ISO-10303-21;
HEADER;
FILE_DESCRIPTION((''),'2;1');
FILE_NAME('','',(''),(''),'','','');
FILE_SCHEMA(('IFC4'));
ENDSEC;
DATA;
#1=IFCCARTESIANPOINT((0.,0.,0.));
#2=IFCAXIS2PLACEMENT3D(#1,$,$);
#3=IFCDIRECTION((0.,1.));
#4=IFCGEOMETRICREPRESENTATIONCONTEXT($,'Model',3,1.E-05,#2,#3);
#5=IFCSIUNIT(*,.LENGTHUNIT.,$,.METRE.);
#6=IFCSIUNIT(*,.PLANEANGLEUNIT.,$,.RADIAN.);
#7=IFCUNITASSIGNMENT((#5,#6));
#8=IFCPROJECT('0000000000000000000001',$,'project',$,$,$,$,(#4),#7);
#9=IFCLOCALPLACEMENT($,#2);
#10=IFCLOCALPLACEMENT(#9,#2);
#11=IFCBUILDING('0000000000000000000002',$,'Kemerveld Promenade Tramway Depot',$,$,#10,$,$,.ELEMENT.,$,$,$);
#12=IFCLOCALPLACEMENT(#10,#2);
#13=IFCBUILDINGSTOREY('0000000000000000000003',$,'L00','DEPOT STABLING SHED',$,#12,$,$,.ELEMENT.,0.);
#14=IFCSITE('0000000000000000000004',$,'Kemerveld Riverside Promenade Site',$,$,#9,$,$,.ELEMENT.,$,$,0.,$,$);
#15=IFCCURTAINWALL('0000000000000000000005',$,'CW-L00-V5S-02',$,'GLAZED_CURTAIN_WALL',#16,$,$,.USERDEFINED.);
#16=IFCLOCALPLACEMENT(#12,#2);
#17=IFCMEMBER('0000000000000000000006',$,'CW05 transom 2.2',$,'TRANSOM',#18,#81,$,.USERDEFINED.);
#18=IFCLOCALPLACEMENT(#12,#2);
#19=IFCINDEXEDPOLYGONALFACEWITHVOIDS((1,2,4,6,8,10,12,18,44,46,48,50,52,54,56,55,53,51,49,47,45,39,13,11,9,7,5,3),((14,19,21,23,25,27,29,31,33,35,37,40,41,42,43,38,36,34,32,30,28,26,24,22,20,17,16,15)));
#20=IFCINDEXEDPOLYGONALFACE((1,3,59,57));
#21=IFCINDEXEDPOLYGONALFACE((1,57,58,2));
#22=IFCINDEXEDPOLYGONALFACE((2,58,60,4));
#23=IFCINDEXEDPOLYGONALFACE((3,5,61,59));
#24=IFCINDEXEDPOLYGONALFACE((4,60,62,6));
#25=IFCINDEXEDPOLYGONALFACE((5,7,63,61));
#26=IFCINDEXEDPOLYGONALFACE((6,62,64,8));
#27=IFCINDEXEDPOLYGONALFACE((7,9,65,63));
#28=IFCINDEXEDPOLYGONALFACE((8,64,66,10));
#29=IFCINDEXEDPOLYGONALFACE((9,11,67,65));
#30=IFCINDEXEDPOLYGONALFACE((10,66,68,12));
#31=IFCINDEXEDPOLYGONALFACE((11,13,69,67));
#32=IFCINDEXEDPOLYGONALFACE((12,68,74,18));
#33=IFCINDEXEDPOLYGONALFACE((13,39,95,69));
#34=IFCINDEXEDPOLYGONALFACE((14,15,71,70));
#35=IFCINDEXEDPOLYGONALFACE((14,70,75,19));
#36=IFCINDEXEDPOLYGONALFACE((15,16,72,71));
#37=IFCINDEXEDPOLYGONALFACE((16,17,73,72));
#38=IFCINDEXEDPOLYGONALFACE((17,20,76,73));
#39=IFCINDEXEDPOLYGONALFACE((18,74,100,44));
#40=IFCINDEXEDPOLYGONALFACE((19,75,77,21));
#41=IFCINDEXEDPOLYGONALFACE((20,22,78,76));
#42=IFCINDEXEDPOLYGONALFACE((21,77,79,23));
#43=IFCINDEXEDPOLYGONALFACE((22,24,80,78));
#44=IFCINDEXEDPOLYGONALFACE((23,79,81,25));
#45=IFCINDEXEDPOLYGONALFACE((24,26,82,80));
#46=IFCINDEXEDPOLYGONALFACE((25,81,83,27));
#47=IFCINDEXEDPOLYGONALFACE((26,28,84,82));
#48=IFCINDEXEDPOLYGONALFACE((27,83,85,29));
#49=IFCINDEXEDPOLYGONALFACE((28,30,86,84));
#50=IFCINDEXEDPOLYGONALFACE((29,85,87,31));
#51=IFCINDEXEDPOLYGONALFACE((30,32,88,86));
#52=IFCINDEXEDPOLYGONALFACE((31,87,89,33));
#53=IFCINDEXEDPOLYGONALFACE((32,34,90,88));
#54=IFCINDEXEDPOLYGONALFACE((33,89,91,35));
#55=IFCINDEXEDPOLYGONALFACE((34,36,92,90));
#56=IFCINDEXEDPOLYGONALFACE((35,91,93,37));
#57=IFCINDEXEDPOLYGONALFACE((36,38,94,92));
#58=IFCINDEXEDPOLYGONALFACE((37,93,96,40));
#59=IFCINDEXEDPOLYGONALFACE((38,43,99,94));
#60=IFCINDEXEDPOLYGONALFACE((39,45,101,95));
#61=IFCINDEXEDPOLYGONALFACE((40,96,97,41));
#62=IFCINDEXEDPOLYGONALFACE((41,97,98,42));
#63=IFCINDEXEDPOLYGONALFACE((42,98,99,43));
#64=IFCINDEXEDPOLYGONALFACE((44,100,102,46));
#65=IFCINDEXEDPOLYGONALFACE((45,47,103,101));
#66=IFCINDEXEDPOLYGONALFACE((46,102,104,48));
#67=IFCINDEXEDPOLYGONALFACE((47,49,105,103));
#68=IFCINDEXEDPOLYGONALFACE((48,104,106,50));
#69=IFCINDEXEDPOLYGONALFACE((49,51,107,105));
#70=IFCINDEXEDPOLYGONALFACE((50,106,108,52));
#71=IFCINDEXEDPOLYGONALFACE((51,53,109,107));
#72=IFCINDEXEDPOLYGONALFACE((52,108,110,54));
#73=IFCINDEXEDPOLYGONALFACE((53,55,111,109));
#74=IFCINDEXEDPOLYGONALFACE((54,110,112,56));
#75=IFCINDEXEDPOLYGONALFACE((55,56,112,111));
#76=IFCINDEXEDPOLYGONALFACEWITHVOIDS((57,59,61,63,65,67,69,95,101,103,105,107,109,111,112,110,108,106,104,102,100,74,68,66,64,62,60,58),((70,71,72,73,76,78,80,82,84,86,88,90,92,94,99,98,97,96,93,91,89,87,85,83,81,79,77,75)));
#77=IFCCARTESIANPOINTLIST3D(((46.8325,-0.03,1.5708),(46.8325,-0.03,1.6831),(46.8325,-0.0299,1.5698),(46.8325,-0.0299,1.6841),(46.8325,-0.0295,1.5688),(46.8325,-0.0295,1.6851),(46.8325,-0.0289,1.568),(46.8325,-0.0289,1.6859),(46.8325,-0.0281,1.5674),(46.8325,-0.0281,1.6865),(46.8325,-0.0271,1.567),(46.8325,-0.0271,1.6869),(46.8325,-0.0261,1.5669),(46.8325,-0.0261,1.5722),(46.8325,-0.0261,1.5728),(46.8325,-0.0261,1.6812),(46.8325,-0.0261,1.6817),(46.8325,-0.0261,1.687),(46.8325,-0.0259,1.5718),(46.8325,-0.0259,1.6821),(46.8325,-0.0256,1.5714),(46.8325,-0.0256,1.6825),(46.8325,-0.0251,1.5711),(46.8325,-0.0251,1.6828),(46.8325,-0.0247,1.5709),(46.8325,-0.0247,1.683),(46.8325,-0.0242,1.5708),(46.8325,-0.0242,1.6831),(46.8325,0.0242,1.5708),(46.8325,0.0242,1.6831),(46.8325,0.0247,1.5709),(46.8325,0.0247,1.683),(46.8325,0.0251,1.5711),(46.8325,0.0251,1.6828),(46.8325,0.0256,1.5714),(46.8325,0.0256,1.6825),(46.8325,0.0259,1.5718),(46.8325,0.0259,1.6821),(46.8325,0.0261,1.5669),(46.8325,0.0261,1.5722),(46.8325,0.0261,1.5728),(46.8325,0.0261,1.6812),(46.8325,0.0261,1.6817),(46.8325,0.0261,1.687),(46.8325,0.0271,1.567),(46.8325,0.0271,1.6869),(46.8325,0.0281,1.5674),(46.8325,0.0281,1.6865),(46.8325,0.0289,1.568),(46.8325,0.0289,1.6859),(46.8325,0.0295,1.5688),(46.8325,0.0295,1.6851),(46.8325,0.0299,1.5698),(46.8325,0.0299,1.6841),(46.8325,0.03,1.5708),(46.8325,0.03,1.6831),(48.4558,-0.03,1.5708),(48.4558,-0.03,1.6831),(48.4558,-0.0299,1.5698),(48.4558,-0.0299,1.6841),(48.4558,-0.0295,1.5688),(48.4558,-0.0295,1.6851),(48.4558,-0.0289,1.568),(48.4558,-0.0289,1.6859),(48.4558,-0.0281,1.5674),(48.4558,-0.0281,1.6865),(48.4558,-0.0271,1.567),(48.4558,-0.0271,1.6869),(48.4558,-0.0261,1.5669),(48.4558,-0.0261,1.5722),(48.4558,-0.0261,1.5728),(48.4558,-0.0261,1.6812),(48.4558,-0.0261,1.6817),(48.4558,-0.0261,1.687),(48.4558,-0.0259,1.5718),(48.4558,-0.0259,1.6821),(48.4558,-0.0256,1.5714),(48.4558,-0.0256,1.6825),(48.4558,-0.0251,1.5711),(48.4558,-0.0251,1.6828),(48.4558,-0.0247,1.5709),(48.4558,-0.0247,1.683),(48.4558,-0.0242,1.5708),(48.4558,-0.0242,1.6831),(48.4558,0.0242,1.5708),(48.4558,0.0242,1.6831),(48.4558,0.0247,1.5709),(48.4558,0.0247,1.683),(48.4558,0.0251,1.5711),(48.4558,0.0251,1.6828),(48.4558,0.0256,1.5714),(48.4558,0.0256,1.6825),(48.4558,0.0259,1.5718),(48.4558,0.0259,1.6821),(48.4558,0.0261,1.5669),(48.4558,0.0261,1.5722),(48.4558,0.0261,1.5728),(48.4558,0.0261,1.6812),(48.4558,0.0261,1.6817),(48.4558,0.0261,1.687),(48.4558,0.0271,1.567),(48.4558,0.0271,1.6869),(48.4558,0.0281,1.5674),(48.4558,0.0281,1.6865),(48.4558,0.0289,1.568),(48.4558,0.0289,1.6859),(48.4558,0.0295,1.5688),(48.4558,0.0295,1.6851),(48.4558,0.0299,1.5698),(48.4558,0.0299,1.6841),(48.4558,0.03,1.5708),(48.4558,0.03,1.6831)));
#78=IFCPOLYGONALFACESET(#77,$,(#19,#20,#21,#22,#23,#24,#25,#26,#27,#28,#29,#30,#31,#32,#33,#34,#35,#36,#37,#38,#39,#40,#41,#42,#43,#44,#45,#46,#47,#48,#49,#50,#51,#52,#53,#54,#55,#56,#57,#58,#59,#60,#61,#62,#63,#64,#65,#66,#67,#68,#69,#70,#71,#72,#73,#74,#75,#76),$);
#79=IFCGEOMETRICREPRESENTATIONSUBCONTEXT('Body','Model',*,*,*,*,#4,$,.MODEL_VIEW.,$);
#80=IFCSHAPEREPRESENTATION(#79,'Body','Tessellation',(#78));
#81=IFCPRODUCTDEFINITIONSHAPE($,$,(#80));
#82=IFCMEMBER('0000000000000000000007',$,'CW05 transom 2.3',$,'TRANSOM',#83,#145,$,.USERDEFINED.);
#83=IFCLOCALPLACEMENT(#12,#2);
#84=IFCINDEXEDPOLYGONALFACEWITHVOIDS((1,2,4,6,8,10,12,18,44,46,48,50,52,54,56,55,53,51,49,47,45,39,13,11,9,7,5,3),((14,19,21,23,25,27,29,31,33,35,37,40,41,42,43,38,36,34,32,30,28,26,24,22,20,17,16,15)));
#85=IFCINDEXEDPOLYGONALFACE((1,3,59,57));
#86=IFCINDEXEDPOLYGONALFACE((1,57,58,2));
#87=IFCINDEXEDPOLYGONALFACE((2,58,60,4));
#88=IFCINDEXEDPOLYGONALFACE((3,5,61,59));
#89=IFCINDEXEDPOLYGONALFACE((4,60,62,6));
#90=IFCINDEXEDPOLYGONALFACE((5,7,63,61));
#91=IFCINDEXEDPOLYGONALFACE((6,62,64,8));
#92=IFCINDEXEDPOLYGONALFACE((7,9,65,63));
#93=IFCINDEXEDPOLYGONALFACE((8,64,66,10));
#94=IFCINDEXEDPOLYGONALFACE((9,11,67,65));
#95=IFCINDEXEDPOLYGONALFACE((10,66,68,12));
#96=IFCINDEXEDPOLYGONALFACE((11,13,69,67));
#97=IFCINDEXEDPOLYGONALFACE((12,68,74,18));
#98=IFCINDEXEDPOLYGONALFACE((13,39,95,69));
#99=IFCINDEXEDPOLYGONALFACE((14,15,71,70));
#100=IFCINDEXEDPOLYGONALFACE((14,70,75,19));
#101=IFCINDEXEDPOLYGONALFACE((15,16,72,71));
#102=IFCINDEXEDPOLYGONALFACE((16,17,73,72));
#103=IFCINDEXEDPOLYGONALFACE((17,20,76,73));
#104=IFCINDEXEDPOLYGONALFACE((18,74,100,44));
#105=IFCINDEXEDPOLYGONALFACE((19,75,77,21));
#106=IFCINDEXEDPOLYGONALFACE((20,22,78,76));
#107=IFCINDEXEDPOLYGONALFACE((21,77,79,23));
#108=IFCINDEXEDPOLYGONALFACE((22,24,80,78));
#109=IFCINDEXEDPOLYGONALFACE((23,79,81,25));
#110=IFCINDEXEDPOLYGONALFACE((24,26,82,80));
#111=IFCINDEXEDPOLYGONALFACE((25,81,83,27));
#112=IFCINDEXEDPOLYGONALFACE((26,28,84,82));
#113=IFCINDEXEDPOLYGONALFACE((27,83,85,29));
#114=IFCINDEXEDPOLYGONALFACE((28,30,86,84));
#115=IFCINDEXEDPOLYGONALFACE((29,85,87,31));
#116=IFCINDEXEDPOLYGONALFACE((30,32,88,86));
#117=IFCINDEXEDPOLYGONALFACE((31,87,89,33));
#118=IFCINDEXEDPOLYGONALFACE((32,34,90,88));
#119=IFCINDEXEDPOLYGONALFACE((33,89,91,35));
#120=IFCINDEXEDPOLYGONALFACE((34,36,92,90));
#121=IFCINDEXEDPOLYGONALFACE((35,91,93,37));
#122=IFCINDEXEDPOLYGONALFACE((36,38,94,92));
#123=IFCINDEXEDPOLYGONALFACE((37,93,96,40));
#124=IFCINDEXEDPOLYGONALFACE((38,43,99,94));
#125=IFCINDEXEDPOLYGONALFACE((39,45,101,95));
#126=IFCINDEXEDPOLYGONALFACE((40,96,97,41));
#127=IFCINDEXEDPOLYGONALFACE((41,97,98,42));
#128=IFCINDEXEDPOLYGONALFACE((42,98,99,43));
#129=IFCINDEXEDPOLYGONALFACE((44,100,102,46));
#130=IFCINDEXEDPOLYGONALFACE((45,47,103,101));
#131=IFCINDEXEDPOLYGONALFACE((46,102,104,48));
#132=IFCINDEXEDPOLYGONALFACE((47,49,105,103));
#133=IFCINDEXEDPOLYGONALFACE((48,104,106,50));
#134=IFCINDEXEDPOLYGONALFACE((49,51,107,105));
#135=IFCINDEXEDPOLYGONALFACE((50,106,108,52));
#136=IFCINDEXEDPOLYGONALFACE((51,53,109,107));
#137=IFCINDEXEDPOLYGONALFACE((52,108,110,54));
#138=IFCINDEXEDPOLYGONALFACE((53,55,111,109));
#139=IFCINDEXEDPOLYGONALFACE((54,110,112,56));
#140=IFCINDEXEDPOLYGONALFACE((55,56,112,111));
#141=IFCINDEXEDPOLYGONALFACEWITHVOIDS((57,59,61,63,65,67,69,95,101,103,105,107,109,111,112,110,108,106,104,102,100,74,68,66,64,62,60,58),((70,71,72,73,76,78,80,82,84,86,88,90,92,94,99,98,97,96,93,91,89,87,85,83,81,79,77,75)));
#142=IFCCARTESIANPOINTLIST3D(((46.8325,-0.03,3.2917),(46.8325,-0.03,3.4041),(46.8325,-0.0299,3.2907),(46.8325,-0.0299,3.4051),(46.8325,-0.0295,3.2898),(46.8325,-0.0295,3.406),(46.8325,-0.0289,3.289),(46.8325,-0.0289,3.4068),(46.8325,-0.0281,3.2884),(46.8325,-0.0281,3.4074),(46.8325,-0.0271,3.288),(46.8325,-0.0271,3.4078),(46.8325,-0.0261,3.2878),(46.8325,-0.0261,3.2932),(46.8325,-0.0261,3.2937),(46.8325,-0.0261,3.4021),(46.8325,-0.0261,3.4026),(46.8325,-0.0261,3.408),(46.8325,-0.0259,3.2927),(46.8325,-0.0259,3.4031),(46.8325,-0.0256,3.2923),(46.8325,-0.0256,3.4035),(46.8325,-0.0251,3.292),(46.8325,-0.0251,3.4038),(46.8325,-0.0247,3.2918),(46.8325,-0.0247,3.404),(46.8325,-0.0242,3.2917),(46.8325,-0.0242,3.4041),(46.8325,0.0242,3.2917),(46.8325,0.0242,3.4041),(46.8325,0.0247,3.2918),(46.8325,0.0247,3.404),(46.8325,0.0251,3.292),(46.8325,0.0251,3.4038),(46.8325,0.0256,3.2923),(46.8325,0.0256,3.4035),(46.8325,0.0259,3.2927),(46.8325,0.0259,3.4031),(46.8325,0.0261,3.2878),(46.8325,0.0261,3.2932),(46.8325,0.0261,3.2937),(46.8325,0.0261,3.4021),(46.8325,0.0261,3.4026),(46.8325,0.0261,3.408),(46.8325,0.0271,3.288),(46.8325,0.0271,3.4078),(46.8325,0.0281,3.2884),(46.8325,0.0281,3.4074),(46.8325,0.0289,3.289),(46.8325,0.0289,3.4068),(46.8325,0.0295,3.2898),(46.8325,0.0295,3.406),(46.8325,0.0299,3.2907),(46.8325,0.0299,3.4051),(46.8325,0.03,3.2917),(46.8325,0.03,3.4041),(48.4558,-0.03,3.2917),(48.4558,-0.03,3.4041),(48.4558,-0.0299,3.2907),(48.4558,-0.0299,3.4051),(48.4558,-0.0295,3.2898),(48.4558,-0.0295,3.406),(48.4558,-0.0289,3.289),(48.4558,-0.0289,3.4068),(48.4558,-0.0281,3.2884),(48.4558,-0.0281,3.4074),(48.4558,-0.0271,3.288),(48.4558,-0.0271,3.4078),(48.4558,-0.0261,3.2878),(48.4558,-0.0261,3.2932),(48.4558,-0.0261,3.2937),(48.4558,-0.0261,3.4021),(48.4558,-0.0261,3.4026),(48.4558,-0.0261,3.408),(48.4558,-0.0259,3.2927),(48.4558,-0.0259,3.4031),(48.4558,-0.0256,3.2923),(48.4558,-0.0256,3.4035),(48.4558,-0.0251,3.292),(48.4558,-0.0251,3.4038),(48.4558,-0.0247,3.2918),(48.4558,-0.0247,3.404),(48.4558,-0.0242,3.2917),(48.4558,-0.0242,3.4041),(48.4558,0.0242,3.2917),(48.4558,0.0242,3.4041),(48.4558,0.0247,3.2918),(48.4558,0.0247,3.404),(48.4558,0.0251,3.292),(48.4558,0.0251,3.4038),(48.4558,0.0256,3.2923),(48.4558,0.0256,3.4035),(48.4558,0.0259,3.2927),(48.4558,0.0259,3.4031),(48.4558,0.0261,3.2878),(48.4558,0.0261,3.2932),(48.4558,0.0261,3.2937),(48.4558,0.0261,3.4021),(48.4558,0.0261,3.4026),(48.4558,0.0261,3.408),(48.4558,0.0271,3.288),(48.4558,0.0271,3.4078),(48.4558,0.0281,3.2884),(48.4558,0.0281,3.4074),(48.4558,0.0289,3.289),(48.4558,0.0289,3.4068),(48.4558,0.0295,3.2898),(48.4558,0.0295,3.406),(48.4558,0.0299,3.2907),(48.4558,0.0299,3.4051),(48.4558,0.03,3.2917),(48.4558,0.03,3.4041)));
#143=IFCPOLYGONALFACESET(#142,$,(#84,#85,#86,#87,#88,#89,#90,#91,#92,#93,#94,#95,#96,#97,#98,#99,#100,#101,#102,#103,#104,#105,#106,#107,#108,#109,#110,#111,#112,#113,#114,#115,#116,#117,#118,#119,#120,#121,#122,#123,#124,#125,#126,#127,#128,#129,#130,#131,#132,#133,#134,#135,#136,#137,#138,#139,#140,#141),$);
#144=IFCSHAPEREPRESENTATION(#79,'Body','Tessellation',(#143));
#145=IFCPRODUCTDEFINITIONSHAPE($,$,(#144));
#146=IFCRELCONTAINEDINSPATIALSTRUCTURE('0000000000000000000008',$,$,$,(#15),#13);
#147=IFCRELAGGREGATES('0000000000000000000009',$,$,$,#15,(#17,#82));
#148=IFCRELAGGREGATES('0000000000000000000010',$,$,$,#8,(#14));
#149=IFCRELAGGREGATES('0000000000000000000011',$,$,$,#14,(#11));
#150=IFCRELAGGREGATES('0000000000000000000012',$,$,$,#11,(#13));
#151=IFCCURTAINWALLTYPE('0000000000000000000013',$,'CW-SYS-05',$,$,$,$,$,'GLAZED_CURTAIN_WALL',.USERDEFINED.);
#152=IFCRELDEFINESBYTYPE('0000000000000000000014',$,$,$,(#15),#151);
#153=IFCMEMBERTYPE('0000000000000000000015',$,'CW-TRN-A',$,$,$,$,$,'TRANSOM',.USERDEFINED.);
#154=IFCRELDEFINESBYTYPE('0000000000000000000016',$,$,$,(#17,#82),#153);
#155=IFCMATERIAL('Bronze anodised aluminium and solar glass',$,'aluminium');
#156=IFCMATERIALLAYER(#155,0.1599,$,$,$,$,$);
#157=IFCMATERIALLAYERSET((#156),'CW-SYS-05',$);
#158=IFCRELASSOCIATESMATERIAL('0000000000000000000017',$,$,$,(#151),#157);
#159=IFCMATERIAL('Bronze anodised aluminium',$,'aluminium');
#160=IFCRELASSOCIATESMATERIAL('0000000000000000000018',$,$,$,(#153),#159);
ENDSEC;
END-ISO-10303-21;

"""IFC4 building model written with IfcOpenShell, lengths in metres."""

from ifc_helpers import new_model, si_unit, direction, frame, origin, origin_2d, place, context, subcontext, project, spatial, hollow_rectangle, extrude, material, layer, layer_set, material_profile, profile_set, type_object, element, aggregate, save


model = new_model("IFC4")

# Units and contexts
model_context = context("Model", 3, precision=1e-05, world=origin(), true_north=direction((0.0, 1.0)))
body_context = subcontext(model_context, "Body", "Model", "MODEL_VIEW")
ifc_project = project(units=[si_unit("LENGTHUNIT", "METRE"), si_unit("PLANEANGLEUNIT", "RADIAN")], contexts=[model_context])

# Site, building, storey
site_placement = place(None, origin())
site = spatial("IfcSite", under=ifc_project, at=site_placement, Name="Kemerveld Riverside Promenade Site", CompositionType="ELEMENT", RefElevation=0.0)
building_placement = place(site_placement, origin())
building = spatial("IfcBuilding", under=site, at=building_placement, Name="Kemerveld Promenade Tramway Depot", CompositionType="ELEMENT")
storey_placement = place(building_placement, origin())
storey = spatial("IfcBuildingStorey", under=building, at=storey_placement, Name="L00", Description="DEPOT STABLING SHED", CompositionType="ELEMENT", Elevation=0.0)

# Curtain wall, members
ifc_material_1 = material(Name="Bronze anodised aluminium and solar glass", Category="aluminium")
ifc_layer_1 = layer(ifc_material_1, 0.1599)
ifc_layer_set_1 = layer_set([ifc_layer_1], Name="CW-SYS-05")
curtain_wall_type = type_object("IfcCurtainWallType", Name="CW-SYS-05", ElementType="GLAZED_CURTAIN_WALL", PredefinedType="USERDEFINED", material=ifc_layer_set_1)
curtain_wall_placement = place(storey_placement, origin())
curtain_wall = element("IfcCurtainWall", 1, at=curtain_wall_placement, inside=storey, type_object=curtain_wall_type, Name="CW-L00-V5S-02", ObjectType="GLAZED_CURTAIN_WALL", PredefinedType="USERDEFINED")
ifc_material_2 = material(Name="Bronze anodised aluminium", Category="aluminium")
ifc_material_profile_1 = material_profile(ifc_material_2, hollow_rectangle(XDim=0.0601, YDim=0.1201, WallThickness=0.0039, InnerFilletRadius=0.002, OuterFilletRadius=0.0039, at=origin_2d()), Name="CW-TRN-120x60")
ifc_profile_set_1 = profile_set([ifc_material_profile_1], Name="Bronze anodised aluminium")
member_type_1 = type_object("IfcMemberType", Name="CW-TRN-A", ElementType="TRANSOM", PredefinedType="USERDEFINED", material=ifc_profile_set_1)
member_1_placement = place(storey_placement, frame((48.4558, 0.0, 1.627), z_axis=(-1.0, 0.0, 0.0), x_axis=(0.0, -1.0, 0.0)))
member_1 = element("IfcMember", 2, at=member_1_placement, type_object=member_type_1, Name="CW05 transom 2.2", ObjectType="TRANSOM", PredefinedType="USERDEFINED", context=body_context, shape_type="SweptSolid", body=[
    extrude(hollow_rectangle(XDim=0.0601, YDim=0.1201, WallThickness=0.0039, InnerFilletRadius=0.002, OuterFilletRadius=0.0039, at=origin_2d()), origin(), (0.0, 0.0, 1.0), 1.6233),
])
member_2_placement = place(storey_placement, frame((48.4558, 0.0, 3.3479), z_axis=(-1.0, 0.0, 0.0), x_axis=(0.0, -1.0, 0.0)))
member_2 = element("IfcMember", 3, at=member_2_placement, type_object=member_type_1, Name="CW05 transom 2.3", ObjectType="TRANSOM", PredefinedType="USERDEFINED", context=body_context, shape_type="SweptSolid", body=[
    extrude(hollow_rectangle(XDim=0.0601, YDim=0.1201, WallThickness=0.0039, InnerFilletRadius=0.002, OuterFilletRadius=0.0039, at=origin_2d()), origin(), (0.0, 0.0, 1.0), 1.6233),
])
aggregate(curtain_wall, [member_1, member_2])

save(model, "model.ifc")
